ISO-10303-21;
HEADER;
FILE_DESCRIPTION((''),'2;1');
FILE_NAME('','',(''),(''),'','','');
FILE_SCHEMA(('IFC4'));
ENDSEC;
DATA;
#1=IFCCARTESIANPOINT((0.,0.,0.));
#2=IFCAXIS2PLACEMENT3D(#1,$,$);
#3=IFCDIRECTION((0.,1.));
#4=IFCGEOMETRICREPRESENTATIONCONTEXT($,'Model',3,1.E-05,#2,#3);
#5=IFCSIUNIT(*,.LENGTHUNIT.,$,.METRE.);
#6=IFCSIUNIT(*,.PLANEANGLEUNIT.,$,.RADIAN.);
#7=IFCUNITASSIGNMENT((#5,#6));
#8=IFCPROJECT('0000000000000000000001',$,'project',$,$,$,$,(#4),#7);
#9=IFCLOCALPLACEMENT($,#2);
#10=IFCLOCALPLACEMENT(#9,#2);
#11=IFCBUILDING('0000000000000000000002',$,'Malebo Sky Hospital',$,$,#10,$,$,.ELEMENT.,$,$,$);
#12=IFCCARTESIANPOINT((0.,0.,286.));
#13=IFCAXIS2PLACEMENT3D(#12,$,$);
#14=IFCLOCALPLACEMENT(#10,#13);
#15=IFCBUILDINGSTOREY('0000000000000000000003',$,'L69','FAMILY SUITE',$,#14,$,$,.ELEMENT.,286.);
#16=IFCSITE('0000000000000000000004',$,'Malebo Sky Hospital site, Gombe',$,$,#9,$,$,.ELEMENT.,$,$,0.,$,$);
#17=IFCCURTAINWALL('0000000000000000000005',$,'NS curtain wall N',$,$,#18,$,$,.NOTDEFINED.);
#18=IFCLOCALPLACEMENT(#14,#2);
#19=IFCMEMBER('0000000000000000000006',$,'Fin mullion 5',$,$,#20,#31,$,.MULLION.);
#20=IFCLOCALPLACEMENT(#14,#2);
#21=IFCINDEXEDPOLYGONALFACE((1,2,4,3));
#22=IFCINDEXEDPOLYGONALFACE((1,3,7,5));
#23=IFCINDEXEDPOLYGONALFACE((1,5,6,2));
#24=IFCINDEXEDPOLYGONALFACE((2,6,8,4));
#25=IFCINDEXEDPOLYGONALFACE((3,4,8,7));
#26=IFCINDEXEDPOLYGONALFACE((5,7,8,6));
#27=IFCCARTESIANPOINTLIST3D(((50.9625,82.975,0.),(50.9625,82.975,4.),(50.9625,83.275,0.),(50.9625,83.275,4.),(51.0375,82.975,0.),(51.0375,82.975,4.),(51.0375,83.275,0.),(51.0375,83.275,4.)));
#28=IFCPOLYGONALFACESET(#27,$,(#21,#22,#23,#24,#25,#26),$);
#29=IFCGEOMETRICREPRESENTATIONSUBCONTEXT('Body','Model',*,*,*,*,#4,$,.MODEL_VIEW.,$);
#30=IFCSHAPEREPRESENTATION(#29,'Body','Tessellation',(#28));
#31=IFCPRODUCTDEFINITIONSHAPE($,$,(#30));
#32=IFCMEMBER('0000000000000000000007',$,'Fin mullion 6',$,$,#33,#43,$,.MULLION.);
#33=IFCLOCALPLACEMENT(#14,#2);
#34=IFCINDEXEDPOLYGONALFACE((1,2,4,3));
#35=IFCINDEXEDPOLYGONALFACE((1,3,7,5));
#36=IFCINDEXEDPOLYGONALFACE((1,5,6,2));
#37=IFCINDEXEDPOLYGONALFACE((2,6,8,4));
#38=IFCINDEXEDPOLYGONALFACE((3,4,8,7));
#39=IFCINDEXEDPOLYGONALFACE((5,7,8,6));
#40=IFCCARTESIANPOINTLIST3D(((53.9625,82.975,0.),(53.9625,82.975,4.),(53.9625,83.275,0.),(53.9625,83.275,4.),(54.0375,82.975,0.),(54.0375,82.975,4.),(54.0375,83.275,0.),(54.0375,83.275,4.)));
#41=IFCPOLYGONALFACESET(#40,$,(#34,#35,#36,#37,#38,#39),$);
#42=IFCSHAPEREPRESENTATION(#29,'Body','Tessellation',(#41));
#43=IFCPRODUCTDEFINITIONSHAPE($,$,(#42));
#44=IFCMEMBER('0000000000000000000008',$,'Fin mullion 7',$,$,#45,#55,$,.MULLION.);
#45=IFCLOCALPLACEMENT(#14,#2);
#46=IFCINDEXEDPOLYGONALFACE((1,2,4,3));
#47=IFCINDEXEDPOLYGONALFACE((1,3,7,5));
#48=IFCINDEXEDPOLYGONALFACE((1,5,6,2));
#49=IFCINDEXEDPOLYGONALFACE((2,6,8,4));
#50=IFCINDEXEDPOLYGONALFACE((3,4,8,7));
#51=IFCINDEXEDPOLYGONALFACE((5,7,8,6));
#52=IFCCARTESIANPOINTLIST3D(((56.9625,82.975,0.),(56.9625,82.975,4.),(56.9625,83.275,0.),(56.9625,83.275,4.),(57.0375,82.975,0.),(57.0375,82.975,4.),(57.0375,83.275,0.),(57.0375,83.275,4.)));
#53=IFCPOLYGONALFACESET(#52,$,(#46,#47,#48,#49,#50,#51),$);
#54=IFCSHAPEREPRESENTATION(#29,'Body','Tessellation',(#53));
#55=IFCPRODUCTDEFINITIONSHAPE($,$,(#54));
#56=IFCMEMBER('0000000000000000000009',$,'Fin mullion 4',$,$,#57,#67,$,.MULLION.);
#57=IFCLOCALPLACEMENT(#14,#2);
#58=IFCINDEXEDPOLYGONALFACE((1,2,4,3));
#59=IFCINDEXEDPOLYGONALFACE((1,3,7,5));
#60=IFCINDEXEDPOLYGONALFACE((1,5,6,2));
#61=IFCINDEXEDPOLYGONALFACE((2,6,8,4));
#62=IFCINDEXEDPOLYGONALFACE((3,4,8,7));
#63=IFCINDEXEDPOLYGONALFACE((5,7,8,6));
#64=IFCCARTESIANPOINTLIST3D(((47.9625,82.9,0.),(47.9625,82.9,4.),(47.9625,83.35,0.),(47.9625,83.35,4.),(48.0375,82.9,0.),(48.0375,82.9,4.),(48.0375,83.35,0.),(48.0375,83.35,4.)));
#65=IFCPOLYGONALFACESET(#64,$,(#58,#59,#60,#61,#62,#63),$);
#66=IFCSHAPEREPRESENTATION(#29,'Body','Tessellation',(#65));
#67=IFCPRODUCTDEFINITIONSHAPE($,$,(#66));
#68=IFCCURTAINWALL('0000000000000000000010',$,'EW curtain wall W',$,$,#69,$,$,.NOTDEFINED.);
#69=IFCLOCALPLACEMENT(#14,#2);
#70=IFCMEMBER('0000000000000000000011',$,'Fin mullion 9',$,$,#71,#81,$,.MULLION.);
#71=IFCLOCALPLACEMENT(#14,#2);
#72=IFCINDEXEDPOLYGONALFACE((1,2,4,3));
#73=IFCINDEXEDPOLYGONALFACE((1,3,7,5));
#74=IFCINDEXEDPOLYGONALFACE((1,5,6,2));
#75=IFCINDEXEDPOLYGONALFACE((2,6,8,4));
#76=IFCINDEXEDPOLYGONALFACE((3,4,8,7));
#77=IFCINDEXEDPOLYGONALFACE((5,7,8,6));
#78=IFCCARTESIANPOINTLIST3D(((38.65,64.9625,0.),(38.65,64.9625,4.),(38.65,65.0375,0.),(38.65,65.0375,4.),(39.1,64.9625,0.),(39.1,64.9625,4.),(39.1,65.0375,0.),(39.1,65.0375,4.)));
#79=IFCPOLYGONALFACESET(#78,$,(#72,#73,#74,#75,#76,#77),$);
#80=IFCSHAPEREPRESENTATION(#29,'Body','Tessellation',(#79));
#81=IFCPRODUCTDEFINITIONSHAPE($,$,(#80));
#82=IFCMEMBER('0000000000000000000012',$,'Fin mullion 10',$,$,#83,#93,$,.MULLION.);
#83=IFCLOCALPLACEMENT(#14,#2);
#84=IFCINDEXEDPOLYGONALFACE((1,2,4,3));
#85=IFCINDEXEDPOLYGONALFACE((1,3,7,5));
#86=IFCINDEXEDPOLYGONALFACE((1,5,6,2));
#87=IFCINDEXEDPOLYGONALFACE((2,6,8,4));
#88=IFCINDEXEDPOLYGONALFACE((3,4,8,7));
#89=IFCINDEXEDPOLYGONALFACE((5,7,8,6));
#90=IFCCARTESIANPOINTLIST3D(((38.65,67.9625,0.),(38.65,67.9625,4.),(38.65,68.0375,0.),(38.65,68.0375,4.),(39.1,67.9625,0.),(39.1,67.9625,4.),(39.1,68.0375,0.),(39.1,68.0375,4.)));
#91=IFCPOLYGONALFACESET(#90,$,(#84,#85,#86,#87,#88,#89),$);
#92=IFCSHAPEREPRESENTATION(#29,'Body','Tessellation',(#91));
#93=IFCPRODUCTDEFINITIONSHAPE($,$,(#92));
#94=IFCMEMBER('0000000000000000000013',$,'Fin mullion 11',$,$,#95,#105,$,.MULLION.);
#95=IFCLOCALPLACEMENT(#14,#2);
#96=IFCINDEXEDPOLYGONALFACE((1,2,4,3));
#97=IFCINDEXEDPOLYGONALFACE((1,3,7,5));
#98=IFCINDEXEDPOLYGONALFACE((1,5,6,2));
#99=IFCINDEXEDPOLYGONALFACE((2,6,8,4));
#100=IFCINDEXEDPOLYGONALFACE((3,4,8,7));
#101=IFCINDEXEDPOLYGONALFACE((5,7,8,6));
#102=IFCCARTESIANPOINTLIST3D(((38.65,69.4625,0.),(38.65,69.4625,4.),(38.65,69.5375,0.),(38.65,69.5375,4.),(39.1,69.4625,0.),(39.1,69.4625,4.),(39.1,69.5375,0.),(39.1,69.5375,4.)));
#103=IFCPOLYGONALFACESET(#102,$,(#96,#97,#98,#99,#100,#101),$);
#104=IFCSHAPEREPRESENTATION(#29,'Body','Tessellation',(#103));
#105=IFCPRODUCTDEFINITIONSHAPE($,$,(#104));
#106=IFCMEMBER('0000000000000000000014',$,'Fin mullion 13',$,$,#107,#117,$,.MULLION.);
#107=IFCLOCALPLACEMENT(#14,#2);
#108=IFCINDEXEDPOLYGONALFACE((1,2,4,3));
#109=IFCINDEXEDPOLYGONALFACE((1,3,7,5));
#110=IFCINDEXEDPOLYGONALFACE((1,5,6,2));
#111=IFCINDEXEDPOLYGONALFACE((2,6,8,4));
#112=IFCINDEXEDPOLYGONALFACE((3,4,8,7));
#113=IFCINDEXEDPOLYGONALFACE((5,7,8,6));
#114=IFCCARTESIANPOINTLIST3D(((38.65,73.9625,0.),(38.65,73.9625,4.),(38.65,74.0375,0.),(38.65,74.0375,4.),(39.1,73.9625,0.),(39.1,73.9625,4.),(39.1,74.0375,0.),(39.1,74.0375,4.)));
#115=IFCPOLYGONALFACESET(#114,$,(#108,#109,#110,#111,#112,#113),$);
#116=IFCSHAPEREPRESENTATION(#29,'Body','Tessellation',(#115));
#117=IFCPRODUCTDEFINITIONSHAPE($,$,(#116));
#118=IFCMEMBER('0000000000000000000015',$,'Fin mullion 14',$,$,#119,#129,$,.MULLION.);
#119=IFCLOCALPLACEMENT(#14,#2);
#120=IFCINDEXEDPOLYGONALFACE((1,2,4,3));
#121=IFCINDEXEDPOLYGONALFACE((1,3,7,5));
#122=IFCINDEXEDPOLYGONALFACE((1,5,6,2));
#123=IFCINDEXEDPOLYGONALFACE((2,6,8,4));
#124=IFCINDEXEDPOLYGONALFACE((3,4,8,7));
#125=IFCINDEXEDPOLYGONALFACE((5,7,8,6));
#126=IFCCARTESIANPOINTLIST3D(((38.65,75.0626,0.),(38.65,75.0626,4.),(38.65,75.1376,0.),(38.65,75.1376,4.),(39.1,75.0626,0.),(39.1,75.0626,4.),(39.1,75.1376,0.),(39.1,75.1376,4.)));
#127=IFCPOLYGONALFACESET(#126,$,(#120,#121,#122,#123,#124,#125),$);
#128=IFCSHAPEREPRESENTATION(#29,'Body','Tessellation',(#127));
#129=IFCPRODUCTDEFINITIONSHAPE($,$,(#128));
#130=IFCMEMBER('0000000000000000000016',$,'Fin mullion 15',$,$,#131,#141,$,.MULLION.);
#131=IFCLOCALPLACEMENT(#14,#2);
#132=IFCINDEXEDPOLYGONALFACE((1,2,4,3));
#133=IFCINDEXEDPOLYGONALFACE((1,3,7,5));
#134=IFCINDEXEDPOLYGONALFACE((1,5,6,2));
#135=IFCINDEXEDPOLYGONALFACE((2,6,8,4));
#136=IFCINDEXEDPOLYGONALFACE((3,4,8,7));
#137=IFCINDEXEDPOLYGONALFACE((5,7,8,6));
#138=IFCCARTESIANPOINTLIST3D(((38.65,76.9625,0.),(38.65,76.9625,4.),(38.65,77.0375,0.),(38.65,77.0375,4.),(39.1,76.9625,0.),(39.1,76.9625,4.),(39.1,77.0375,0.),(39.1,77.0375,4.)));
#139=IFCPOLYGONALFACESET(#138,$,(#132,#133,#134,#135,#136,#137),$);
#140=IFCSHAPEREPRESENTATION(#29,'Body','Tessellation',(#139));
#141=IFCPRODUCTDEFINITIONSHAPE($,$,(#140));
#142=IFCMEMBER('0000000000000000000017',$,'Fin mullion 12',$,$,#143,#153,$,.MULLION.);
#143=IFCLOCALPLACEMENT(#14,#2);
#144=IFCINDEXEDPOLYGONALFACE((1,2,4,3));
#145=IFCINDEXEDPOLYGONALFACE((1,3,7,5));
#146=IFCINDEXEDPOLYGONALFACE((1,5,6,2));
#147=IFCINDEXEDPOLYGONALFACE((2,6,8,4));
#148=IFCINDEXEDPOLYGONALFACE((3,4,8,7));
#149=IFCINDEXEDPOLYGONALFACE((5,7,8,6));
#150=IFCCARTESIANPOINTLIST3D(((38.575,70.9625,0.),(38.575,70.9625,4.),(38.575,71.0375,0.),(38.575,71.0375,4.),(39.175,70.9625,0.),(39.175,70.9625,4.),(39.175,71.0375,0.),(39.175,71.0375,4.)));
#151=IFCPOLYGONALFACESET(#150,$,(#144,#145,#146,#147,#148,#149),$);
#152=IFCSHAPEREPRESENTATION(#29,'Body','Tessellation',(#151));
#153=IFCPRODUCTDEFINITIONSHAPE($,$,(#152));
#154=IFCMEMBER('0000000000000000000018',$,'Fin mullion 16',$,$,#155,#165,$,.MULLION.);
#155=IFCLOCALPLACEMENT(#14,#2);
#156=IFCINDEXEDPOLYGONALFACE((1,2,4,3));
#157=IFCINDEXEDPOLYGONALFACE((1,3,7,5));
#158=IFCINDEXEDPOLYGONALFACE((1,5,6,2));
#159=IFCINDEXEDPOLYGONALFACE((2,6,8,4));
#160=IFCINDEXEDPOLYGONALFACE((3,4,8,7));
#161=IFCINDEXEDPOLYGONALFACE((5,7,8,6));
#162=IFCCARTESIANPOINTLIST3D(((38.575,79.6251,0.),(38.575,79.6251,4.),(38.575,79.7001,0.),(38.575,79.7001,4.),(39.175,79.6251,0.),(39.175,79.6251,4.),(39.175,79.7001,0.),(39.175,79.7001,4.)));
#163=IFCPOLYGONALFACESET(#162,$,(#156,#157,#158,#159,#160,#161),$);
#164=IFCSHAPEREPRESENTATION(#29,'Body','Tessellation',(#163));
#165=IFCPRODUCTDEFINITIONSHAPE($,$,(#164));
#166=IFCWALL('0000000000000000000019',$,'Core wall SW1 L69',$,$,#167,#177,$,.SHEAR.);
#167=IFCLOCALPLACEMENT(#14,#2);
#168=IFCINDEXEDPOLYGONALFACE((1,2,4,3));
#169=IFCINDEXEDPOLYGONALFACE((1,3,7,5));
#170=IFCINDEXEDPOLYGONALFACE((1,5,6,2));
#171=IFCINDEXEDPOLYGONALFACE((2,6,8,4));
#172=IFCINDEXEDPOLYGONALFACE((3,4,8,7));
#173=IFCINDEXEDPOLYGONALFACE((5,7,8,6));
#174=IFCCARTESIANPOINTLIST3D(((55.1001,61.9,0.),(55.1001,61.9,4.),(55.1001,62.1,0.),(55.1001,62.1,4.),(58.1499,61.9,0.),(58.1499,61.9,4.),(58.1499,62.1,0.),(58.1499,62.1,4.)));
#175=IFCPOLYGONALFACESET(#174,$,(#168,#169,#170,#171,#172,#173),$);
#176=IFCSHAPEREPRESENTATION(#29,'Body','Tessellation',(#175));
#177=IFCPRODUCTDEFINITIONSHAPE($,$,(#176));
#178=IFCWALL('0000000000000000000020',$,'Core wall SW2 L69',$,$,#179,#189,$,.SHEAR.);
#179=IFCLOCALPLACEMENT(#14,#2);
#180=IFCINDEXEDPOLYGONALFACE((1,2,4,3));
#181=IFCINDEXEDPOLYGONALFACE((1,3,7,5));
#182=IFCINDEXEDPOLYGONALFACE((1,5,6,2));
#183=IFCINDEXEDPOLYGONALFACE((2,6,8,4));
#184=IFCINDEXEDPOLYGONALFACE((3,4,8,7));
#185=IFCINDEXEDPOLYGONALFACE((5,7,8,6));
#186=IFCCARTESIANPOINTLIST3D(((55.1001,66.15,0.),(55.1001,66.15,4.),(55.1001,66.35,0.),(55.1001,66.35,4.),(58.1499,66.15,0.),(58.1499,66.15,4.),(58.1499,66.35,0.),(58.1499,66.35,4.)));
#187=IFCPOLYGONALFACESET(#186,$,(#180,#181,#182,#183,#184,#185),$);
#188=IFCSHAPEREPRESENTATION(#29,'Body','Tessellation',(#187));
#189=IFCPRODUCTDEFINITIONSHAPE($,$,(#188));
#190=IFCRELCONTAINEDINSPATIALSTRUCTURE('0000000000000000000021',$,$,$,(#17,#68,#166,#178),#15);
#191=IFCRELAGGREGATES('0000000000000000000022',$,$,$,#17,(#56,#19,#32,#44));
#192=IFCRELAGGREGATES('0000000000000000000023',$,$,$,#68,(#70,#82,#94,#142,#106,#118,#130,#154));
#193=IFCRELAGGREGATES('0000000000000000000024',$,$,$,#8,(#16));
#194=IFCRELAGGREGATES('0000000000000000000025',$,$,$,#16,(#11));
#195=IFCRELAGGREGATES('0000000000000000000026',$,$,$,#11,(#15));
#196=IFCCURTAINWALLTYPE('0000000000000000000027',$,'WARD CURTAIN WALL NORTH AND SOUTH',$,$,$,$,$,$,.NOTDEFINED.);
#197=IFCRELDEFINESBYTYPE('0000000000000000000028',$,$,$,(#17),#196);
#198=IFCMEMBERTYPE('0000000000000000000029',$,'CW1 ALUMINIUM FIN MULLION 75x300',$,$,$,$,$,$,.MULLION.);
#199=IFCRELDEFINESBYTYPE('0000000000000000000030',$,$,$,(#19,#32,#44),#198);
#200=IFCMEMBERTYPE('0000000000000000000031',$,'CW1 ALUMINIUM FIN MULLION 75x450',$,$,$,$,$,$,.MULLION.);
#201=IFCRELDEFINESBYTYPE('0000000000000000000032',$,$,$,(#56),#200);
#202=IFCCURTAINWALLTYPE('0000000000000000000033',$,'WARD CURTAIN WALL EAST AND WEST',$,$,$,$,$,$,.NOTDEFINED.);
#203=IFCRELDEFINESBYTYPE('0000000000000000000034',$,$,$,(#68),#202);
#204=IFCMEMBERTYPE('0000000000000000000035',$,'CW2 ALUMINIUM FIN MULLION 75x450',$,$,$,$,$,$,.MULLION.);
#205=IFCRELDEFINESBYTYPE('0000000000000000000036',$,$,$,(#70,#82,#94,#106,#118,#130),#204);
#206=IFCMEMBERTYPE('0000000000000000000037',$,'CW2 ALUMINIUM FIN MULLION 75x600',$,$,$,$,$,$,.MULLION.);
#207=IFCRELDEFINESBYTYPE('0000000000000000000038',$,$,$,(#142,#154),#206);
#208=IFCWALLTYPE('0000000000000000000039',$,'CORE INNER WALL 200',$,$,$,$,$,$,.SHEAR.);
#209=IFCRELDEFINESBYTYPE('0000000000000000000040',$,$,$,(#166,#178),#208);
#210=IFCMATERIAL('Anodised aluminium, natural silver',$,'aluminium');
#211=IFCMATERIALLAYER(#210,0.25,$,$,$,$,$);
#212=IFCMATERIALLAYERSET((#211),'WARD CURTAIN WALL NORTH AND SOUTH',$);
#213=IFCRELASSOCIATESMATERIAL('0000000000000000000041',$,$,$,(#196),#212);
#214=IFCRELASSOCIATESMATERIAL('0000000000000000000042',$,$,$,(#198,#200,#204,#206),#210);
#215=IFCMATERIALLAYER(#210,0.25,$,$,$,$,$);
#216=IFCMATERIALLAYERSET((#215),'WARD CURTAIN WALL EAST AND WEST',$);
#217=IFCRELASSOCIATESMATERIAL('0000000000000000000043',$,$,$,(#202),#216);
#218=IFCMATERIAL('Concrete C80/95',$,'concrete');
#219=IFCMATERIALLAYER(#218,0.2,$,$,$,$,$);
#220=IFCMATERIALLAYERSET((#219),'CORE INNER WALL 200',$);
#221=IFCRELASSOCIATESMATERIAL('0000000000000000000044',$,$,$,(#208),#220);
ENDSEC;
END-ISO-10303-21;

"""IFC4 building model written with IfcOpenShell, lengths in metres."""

from ifc_helpers import new_model, si_unit, direction, frame, frame_2d, origin, origin_2d, place, context, subcontext, project, spatial, rectangle, extrude, material, layer, layer_set, material_profile, profile_set, type_object, element, aggregate, save


model = new_model("IFC4")

# Units and contexts
model_context = context("Model", 3, precision=1e-05, world=origin(), true_north=direction((0.0, 1.0)))
body_context = subcontext(model_context, "Body", "Model", "MODEL_VIEW")
ifc_project = project(units=[si_unit("LENGTHUNIT", "METRE"), si_unit("PLANEANGLEUNIT", "RADIAN")], contexts=[model_context])

# Site, building, storey
site_placement = place(None, origin())
site = spatial("IfcSite", under=ifc_project, at=site_placement, Name="Malebo Sky Hospital site, Gombe", CompositionType="ELEMENT", RefElevation=0.0)
building_placement = place(site_placement, origin())
building = spatial("IfcBuilding", under=site, at=building_placement, Name="Malebo Sky Hospital", CompositionType="ELEMENT")
storey_placement = place(building_placement, frame((0.0, 0.0, 286.0)))
storey = spatial("IfcBuildingStorey", under=building, at=storey_placement, Name="L69", Description="FAMILY SUITE", CompositionType="ELEMENT", Elevation=286.0)

# Curtain walls, members
ifc_material_1 = material(Name="Anodised aluminium, natural silver", Category="aluminium")
ifc_layer_1 = layer(ifc_material_1, 0.25)
ifc_layer_set_1 = layer_set([ifc_layer_1], Name="WARD CURTAIN WALL NORTH AND SOUTH")
curtain_wall_type_1 = type_object("IfcCurtainWallType", Name="WARD CURTAIN WALL NORTH AND SOUTH", PredefinedType="NOTDEFINED", material=ifc_layer_set_1)
curtain_wall_1_placement = place(storey_placement, origin())
curtain_wall_1 = element("IfcCurtainWall", 1, at=curtain_wall_1_placement, inside=storey, type_object=curtain_wall_type_1, Name="NS curtain wall N", PredefinedType="NOTDEFINED")
ifc_material_profile_1 = material_profile(ifc_material_1, rectangle(XDim=0.075, YDim=0.3, at=origin_2d()), Name="CW1 ALUMINIUM FIN MULLION 75x300")
ifc_profile_set_1 = profile_set([ifc_material_profile_1], Name="Anodised aluminium, natural silver")
member_type_1 = type_object("IfcMemberType", Name="CW1 ALUMINIUM FIN MULLION 75x300", PredefinedType="MULLION", material=ifc_profile_set_1)
member_1_placement = place(storey_placement, frame((51.0, 83.125, 0.0), z_axis=(0.0, 0.0, 1.0), x_axis=(1.0, 0.0, 0.0)))
member_1 = element("IfcMember", 2, at=member_1_placement, type_object=member_type_1, Name="Fin mullion 5", PredefinedType="MULLION", context=body_context, shape_type="SweptSolid", body=[
    extrude(rectangle(XDim=0.075, YDim=0.3, at=origin_2d()), origin(), (0.0, 0.0, 1.0), 4.0),
])
member_2_placement = place(storey_placement, frame((54.0, 83.125, 0.0), z_axis=(0.0, 0.0, 1.0), x_axis=(1.0, 0.0, 0.0)))
member_2 = element("IfcMember", 3, at=member_2_placement, type_object=member_type_1, Name="Fin mullion 6", PredefinedType="MULLION", context=body_context, shape_type="SweptSolid", body=[
    extrude(rectangle(XDim=0.075, YDim=0.3, at=origin_2d()), origin(), (0.0, 0.0, 1.0), 4.0),
])
member_3_placement = place(storey_placement, frame((57.0, 83.125, 0.0), z_axis=(0.0, 0.0, 1.0), x_axis=(1.0, 0.0, 0.0)))
member_3 = element("IfcMember", 4, at=member_3_placement, type_object=member_type_1, Name="Fin mullion 7", PredefinedType="MULLION", context=body_context, shape_type="SweptSolid", body=[
    extrude(rectangle(XDim=0.075, YDim=0.3, at=origin_2d()), origin(), (0.0, 0.0, 1.0), 4.0),
])
ifc_material_profile_2 = material_profile(ifc_material_1, rectangle(XDim=0.075, YDim=0.45, at=origin_2d()), Name="CW1 ALUMINIUM FIN MULLION 75x450")
ifc_profile_set_2 = profile_set([ifc_material_profile_2], Name="Anodised aluminium, natural silver")
member_type_2 = type_object("IfcMemberType", Name="CW1 ALUMINIUM FIN MULLION 75x450", PredefinedType="MULLION", material=ifc_profile_set_2)
member_4_placement = place(storey_placement, frame((48.0, 83.125, 0.0), z_axis=(0.0, 0.0, 1.0), x_axis=(1.0, 0.0, 0.0)))
member_4 = element("IfcMember", 5, at=member_4_placement, type_object=member_type_2, Name="Fin mullion 4", PredefinedType="MULLION", context=body_context, shape_type="SweptSolid", body=[
    extrude(rectangle(XDim=0.075, YDim=0.45, at=origin_2d()), origin(), (0.0, 0.0, 1.0), 4.0),
])
aggregate(curtain_wall_1, [member_4, member_1, member_2, member_3])
ifc_layer_2 = layer(ifc_material_1, 0.25)
ifc_layer_set_2 = layer_set([ifc_layer_2], Name="WARD CURTAIN WALL EAST AND WEST")
curtain_wall_type_2 = type_object("IfcCurtainWallType", Name="WARD CURTAIN WALL EAST AND WEST", PredefinedType="NOTDEFINED", material=ifc_layer_set_2)
curtain_wall_2_placement = place(storey_placement, origin())
curtain_wall_2 = element("IfcCurtainWall", 6, at=curtain_wall_2_placement, inside=storey, type_object=curtain_wall_type_2, Name="EW curtain wall W", PredefinedType="NOTDEFINED")
ifc_material_profile_3 = material_profile(ifc_material_1, rectangle(XDim=0.075, YDim=0.45, at=origin_2d()), Name="CW2 ALUMINIUM FIN MULLION 75x450")
ifc_profile_set_3 = profile_set([ifc_material_profile_3], Name="Anodised aluminium, natural silver")
member_type_3 = type_object("IfcMemberType", Name="CW2 ALUMINIUM FIN MULLION 75x450", PredefinedType="MULLION", material=ifc_profile_set_3)
member_5_placement = place(storey_placement, frame((38.875, 65.0, 0.0), z_axis=(0.0, 0.0, 1.0), x_axis=(0.0, 1.0, 0.0)))
member_5 = element("IfcMember", 7, at=member_5_placement, type_object=member_type_3, Name="Fin mullion 9", PredefinedType="MULLION", context=body_context, shape_type="SweptSolid", body=[
    extrude(rectangle(XDim=0.075, YDim=0.45, at=origin_2d()), origin(), (0.0, 0.0, 1.0), 4.0),
])
member_6_placement = place(storey_placement, frame((38.875, 68.0, 0.0), z_axis=(0.0, 0.0, 1.0), x_axis=(0.0, 1.0, 0.0)))
member_6 = element("IfcMember", 8, at=member_6_placement, type_object=member_type_3, Name="Fin mullion 10", PredefinedType="MULLION", context=body_context, shape_type="SweptSolid", body=[
    extrude(rectangle(XDim=0.075, YDim=0.45, at=origin_2d()), origin(), (0.0, 0.0, 1.0), 4.0),
])
member_7_placement = place(storey_placement, frame((38.875, 69.5, 0.0), z_axis=(0.0, 0.0, 1.0), x_axis=(0.0, 1.0, 0.0)))
member_7 = element("IfcMember", 9, at=member_7_placement, type_object=member_type_3, Name="Fin mullion 11", PredefinedType="MULLION", context=body_context, shape_type="SweptSolid", body=[
    extrude(rectangle(XDim=0.075, YDim=0.45, at=origin_2d()), origin(), (0.0, 0.0, 1.0), 4.0),
])
member_8_placement = place(storey_placement, frame((38.875, 74.0, 0.0), z_axis=(0.0, 0.0, 1.0), x_axis=(0.0, 1.0, 0.0)))
member_8 = element("IfcMember", 10, at=member_8_placement, type_object=member_type_3, Name="Fin mullion 13", PredefinedType="MULLION", context=body_context, shape_type="SweptSolid", body=[
    extrude(rectangle(XDim=0.075, YDim=0.45, at=origin_2d()), origin(), (0.0, 0.0, 1.0), 4.0),
])
member_9_placement = place(storey_placement, frame((38.875, 75.1001, 0.0), z_axis=(0.0, 0.0, 1.0), x_axis=(0.0, 1.0, 0.0)))
member_9 = element("IfcMember", 11, at=member_9_placement, type_object=member_type_3, Name="Fin mullion 14", PredefinedType="MULLION", context=body_context, shape_type="SweptSolid", body=[
    extrude(rectangle(XDim=0.075, YDim=0.45, at=origin_2d()), origin(), (0.0, 0.0, 1.0), 4.0),
])
member_10_placement = place(storey_placement, frame((38.875, 77.0, 0.0), z_axis=(0.0, 0.0, 1.0), x_axis=(0.0, 1.0, 0.0)))
member_10 = element("IfcMember", 12, at=member_10_placement, type_object=member_type_3, Name="Fin mullion 15", PredefinedType="MULLION", context=body_context, shape_type="SweptSolid", body=[
    extrude(rectangle(XDim=0.075, YDim=0.45, at=origin_2d()), origin(), (0.0, 0.0, 1.0), 4.0),
])
ifc_material_profile_4 = material_profile(ifc_material_1, rectangle(XDim=0.075, YDim=0.6001, at=origin_2d()), Name="CW2 ALUMINIUM FIN MULLION 75x600")
ifc_profile_set_4 = profile_set([ifc_material_profile_4], Name="Anodised aluminium, natural silver")
member_type_4 = type_object("IfcMemberType", Name="CW2 ALUMINIUM FIN MULLION 75x600", PredefinedType="MULLION", material=ifc_profile_set_4)
member_11_placement = place(storey_placement, frame((38.875, 71.0, 0.0), z_axis=(0.0, 0.0, 1.0), x_axis=(0.0, 1.0, 0.0)))
member_11 = element("IfcMember", 13, at=member_11_placement, type_object=member_type_4, Name="Fin mullion 12", PredefinedType="MULLION", context=body_context, shape_type="SweptSolid", body=[
    extrude(rectangle(XDim=0.075, YDim=0.6001, at=origin_2d()), origin(), (0.0, 0.0, 1.0), 4.0),
])
member_12_placement = place(storey_placement, frame((38.875, 79.6626, 0.0), z_axis=(0.0, 0.0, 1.0), x_axis=(0.0, 1.0, 0.0)))
member_12 = element("IfcMember", 14, at=member_12_placement, type_object=member_type_4, Name="Fin mullion 16", PredefinedType="MULLION", context=body_context, shape_type="SweptSolid", body=[
    extrude(rectangle(XDim=0.075, YDim=0.6001, at=origin_2d()), origin(), (0.0, 0.0, 1.0), 4.0),
])
aggregate(curtain_wall_2, [member_5, member_6, member_7, member_11, member_8, member_9, member_10, member_12])

# Walls
ifc_material_2 = material(Name="Concrete C80/95", Category="concrete")
ifc_layer_3 = layer(ifc_material_2, 0.2)
ifc_layer_set_3 = layer_set([ifc_layer_3], Name="CORE INNER WALL 200")
wall_type_1 = type_object("IfcWallType", Name="CORE INNER WALL 200", PredefinedType="SHEAR", material=ifc_layer_set_3)
for number, where, z_axis, x_axis, name in (
    (15, (55.1001, 62.0, 0.0), (0.0, 0.0, 1.0), (1.0, 0.0, 0.0), "Core wall SW1 L69"),
    (16, (55.1001, 66.25, 0.0), (0.0, 0.0, 1.0), (1.0, 0.0, 0.0), "Core wall SW2 L69"),
):
    element("IfcWall", number, at=place(storey_placement, frame(where, z_axis=z_axis, x_axis=x_axis)), inside=storey, type_object=wall_type_1, Name=name, PredefinedType="SHEAR", context=body_context, shape_type="SweptSolid", body=[
        extrude(rectangle(XDim=3.0498, YDim=0.2, at=frame_2d((1.5249, 0.0))), origin(), (0.0, 0.0, 1.0), 4.0),
    ])

save(model, "model.ifc")
